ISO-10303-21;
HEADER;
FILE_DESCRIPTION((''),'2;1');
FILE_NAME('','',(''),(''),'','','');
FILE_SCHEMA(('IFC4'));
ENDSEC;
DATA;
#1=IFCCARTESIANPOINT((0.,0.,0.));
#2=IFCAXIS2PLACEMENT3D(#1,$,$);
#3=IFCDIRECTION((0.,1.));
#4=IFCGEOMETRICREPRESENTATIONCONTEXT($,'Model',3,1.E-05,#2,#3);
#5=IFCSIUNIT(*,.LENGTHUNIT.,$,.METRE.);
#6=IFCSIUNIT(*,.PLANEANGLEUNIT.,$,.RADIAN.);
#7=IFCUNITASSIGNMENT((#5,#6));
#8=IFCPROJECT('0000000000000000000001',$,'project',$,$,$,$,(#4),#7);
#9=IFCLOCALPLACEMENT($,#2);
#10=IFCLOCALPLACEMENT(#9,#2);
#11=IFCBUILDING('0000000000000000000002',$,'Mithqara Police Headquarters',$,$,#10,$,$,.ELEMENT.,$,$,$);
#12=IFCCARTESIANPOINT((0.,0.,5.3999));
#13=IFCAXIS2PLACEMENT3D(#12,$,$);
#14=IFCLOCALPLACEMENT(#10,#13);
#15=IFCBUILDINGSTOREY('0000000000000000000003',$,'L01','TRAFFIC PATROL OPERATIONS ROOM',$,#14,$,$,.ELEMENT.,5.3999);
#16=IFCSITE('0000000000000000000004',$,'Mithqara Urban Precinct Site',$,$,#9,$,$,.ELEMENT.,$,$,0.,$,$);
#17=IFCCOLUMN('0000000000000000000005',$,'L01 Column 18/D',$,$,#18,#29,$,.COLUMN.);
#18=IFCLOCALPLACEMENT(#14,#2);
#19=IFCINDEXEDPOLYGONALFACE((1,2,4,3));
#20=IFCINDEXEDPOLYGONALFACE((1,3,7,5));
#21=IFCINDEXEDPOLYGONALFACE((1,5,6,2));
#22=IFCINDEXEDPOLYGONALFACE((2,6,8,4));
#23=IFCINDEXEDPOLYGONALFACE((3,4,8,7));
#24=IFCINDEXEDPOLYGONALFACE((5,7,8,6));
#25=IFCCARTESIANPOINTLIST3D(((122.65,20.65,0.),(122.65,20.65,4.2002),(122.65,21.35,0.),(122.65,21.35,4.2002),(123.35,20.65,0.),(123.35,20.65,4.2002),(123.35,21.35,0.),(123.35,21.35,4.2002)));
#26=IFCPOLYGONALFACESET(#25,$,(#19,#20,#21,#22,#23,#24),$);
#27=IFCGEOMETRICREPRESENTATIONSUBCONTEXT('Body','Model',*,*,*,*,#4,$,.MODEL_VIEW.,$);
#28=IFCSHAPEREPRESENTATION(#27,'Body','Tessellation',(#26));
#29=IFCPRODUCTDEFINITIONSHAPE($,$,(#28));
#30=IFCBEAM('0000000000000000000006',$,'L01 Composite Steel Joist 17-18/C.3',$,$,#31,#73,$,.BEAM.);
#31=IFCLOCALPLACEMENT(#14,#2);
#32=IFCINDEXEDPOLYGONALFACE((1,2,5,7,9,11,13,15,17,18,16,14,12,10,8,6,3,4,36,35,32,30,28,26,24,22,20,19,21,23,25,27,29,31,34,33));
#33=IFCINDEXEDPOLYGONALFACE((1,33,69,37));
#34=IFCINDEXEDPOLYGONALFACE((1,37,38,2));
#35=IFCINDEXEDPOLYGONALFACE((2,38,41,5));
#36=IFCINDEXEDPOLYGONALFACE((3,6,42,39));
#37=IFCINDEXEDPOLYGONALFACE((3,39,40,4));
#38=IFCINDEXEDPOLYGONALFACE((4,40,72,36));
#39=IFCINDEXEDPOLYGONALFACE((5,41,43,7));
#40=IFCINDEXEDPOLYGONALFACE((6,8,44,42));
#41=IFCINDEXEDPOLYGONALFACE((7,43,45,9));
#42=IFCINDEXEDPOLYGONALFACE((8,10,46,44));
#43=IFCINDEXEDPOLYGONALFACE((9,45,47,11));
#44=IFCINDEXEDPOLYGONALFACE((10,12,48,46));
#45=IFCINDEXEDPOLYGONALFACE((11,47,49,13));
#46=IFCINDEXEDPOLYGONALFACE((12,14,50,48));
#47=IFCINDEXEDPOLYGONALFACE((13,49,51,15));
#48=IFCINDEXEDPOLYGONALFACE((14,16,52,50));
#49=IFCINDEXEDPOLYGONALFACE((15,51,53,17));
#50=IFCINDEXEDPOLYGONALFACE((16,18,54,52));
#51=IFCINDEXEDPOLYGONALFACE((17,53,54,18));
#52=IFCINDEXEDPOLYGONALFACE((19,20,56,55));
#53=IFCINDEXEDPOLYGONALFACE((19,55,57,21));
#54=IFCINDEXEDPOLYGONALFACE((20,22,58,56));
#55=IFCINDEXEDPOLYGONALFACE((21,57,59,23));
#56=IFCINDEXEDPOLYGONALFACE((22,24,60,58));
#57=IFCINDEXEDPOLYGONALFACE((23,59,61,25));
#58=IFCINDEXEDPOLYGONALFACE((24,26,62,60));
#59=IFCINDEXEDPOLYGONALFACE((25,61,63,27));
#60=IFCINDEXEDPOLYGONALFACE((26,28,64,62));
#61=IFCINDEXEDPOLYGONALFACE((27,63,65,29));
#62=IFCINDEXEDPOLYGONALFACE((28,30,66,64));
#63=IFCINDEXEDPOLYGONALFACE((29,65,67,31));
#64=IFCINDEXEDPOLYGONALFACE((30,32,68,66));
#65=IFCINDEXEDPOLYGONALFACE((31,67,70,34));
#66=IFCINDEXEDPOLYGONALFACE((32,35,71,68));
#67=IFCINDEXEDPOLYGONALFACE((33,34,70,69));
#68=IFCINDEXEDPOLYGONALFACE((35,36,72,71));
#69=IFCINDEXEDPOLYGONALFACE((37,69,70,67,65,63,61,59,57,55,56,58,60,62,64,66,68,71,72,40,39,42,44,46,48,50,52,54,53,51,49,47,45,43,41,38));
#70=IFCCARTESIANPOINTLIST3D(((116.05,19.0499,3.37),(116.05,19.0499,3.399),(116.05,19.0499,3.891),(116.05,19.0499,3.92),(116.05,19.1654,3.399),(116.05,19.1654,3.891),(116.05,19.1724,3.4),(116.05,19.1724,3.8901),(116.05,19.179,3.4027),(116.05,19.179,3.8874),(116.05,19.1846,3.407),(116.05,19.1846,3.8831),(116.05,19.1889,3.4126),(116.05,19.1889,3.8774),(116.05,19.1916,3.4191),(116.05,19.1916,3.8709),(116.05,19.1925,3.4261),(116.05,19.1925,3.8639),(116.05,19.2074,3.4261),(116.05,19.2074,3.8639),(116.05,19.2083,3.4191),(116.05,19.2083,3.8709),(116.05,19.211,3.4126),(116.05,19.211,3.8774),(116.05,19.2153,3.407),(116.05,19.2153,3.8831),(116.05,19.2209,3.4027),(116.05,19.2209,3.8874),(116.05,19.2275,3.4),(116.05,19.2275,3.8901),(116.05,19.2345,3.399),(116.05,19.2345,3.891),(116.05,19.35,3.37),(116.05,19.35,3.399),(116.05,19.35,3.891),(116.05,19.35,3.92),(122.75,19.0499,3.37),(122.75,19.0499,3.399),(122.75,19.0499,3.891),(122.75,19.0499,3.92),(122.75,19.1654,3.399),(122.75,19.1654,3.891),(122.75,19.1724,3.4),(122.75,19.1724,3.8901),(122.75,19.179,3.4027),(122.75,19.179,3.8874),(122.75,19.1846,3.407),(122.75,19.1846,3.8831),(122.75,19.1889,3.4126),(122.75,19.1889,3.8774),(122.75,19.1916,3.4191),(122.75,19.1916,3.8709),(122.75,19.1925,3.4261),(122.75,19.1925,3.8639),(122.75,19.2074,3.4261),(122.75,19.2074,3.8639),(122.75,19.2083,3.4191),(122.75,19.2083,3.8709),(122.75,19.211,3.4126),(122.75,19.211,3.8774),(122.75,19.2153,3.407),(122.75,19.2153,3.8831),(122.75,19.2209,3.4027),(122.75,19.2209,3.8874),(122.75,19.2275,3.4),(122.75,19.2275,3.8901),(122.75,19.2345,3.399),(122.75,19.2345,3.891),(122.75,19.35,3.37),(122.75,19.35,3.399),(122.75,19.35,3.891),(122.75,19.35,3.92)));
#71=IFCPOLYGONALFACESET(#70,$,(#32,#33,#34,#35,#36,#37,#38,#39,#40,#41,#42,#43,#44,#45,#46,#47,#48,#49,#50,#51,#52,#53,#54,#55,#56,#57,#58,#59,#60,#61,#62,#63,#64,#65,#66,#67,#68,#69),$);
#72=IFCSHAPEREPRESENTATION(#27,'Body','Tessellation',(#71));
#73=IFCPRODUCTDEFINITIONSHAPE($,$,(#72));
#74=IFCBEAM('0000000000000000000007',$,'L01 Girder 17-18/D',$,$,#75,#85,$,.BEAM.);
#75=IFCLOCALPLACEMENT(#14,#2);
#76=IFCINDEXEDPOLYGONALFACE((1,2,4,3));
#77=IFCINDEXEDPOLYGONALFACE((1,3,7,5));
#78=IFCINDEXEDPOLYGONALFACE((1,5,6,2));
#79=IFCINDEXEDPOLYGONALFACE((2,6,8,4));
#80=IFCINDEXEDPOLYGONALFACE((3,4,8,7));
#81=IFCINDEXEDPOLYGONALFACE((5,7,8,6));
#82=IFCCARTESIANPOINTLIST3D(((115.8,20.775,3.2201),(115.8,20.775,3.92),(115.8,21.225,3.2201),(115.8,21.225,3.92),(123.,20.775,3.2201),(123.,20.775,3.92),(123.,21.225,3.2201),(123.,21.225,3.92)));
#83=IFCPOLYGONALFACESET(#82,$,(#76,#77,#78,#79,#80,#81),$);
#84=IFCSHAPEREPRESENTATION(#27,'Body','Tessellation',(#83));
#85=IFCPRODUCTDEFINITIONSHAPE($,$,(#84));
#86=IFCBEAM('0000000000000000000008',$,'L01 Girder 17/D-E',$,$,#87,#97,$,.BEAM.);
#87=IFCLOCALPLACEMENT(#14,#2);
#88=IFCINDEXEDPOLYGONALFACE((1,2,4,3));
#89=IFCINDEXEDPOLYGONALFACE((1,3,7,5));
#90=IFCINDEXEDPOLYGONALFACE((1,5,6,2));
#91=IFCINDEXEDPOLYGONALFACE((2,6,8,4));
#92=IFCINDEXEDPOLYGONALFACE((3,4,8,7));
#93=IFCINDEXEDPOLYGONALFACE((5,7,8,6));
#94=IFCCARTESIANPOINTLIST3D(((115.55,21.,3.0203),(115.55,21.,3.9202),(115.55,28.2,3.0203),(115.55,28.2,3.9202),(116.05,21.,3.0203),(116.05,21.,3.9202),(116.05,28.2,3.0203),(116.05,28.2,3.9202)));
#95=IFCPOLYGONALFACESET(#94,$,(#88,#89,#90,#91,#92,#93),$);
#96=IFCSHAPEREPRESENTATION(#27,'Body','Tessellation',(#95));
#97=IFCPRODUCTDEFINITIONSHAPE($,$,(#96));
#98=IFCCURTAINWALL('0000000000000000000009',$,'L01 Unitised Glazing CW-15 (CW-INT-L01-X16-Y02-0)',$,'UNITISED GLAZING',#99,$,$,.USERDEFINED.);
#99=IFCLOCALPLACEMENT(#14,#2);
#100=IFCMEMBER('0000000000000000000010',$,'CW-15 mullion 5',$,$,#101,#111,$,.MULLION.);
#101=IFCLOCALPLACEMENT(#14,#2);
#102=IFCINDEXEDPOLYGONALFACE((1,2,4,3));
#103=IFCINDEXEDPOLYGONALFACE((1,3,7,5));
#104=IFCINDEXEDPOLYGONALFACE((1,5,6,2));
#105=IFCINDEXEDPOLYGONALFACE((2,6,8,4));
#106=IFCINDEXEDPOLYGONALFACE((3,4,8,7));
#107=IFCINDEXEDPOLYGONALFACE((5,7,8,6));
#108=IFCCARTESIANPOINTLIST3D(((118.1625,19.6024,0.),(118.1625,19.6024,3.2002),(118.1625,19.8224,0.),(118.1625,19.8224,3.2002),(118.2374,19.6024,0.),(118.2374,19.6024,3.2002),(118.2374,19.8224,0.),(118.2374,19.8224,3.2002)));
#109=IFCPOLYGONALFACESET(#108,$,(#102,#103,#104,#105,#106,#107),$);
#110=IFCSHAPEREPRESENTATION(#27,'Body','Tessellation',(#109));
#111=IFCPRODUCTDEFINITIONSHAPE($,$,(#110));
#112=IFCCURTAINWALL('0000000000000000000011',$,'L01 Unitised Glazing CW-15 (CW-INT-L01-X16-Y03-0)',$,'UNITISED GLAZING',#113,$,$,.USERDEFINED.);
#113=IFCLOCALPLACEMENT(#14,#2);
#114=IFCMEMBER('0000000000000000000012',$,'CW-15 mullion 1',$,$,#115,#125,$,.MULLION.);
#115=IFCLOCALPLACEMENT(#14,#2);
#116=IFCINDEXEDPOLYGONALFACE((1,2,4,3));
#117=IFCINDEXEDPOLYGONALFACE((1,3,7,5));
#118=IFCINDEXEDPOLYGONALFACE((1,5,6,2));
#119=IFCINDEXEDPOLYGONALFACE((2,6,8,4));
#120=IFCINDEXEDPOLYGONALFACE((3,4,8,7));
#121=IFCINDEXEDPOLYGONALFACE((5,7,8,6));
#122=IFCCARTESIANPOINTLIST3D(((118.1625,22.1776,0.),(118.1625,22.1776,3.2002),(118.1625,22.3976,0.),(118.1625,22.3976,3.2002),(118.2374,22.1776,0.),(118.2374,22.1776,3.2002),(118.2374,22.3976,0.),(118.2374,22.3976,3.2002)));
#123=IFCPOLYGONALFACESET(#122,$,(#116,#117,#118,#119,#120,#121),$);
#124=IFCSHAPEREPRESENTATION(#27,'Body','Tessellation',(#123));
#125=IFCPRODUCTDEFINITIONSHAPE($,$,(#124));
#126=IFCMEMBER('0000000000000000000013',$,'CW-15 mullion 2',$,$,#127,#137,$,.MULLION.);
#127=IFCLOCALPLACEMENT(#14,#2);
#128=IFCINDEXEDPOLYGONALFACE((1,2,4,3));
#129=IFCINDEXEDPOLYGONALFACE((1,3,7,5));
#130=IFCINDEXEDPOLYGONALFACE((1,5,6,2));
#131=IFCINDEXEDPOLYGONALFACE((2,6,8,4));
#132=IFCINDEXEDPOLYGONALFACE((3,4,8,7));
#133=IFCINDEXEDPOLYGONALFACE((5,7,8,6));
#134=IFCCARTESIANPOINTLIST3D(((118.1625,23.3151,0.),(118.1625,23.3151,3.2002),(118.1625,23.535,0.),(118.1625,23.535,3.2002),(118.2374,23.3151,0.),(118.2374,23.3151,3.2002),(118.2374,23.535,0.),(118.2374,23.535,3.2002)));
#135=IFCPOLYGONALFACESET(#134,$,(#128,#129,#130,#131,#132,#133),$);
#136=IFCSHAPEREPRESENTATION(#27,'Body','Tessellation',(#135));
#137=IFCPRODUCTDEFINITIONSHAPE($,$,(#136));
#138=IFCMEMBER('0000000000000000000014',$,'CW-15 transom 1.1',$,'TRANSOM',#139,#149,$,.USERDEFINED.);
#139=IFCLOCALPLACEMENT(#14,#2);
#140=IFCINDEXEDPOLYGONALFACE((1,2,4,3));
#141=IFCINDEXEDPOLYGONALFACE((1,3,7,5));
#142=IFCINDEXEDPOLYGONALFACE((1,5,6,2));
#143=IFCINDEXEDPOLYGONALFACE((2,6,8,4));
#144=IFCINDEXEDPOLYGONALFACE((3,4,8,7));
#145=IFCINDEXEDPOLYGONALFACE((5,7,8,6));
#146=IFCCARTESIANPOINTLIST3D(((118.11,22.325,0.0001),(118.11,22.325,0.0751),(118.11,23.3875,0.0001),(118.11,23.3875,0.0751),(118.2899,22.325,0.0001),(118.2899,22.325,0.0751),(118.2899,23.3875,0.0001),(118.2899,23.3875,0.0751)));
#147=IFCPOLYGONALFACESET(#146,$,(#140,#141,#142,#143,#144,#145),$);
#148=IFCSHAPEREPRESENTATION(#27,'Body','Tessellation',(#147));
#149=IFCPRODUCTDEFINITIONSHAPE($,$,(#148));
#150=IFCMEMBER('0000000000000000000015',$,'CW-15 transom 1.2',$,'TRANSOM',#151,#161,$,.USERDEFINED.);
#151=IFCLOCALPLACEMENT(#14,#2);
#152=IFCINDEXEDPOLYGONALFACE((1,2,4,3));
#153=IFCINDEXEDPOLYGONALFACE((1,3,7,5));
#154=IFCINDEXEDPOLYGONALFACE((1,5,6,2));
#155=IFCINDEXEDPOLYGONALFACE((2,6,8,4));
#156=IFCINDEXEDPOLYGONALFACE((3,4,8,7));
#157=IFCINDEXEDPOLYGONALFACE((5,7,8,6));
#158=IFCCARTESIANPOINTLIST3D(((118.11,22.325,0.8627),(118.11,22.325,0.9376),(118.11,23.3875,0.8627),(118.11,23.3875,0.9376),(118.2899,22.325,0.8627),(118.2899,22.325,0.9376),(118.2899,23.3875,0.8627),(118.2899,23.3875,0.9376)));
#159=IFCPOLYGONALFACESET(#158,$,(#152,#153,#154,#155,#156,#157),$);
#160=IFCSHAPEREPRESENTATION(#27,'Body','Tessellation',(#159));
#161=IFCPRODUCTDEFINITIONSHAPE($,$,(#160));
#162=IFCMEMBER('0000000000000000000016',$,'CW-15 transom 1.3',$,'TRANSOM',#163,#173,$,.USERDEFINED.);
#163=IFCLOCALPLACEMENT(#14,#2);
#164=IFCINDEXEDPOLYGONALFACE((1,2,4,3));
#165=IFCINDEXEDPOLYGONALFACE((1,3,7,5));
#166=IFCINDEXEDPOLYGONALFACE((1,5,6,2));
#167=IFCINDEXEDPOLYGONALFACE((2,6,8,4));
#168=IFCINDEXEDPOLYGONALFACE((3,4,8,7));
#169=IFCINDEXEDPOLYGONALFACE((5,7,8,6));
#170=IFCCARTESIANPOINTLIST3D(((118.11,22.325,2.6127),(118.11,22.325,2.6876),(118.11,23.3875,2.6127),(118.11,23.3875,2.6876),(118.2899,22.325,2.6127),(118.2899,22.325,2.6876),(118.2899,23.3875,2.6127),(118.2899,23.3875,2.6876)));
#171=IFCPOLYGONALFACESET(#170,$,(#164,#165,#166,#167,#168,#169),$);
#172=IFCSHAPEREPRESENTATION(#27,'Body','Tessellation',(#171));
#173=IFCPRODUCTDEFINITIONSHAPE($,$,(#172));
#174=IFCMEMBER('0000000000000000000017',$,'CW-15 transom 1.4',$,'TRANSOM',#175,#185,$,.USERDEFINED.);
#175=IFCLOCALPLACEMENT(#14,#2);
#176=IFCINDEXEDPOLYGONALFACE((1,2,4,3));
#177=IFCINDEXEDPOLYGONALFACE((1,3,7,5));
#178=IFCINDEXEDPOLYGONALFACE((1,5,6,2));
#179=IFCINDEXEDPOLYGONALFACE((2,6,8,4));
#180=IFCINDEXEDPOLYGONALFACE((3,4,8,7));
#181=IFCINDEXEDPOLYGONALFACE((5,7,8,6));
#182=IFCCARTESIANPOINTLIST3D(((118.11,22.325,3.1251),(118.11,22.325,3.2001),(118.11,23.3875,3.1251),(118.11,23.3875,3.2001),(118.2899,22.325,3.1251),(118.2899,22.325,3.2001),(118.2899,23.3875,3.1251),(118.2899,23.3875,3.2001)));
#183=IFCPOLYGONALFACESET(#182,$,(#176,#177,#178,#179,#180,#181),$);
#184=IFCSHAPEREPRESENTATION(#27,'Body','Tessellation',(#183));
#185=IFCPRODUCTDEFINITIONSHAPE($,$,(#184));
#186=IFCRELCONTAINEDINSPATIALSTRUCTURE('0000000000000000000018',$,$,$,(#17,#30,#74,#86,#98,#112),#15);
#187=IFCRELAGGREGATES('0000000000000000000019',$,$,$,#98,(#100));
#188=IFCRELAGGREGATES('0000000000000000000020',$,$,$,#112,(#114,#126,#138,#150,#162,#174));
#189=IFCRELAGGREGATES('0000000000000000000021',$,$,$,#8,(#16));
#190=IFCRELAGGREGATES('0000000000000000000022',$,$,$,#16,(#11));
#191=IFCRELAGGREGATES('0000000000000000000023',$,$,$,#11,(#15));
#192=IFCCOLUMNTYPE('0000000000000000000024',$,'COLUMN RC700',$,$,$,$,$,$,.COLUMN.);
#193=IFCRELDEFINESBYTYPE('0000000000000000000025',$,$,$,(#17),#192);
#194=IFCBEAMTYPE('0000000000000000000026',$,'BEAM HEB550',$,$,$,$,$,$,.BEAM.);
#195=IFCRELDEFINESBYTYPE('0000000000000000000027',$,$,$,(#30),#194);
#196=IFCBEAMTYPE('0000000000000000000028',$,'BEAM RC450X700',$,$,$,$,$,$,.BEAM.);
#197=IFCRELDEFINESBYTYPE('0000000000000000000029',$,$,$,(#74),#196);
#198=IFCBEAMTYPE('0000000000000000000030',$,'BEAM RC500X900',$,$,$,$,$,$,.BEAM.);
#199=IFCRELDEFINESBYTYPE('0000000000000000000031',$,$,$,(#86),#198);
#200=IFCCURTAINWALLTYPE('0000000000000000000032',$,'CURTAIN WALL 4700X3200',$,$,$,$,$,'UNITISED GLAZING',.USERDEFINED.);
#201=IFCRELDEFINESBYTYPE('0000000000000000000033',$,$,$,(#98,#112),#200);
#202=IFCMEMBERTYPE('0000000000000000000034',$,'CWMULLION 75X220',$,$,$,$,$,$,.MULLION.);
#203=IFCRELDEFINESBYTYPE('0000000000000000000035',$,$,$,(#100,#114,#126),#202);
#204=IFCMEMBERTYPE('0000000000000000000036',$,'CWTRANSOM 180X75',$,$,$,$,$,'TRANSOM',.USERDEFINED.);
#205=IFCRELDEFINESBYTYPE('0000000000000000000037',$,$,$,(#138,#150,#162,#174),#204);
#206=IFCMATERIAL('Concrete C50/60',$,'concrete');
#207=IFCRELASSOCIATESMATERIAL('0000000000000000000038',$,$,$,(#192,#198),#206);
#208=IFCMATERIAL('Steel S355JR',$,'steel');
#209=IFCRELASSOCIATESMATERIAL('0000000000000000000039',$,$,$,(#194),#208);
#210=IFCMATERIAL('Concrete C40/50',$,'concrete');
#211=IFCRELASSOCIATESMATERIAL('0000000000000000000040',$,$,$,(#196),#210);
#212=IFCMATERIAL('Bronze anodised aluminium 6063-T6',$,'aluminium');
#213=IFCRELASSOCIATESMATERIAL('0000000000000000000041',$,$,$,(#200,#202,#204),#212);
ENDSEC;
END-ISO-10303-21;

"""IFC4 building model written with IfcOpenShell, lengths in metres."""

from ifc_helpers import new_model, si_unit, direction, frame, origin, origin_2d, place, context, subcontext, project, spatial, rectangle, i_section, extrude, material, material_profile, profile_set, type_object, element, aggregate, save


model = new_model("IFC4")

# Units and contexts
model_context = context("Model", 3, precision=1e-05, world=origin(), true_north=direction((0.0, 1.0)))
body_context = subcontext(model_context, "Body", "Model", "MODEL_VIEW")
ifc_project = project(units=[si_unit("LENGTHUNIT", "METRE"), si_unit("PLANEANGLEUNIT", "RADIAN")], contexts=[model_context])

# Site, building, storey
site_placement = place(None, origin())
site = spatial("IfcSite", under=ifc_project, at=site_placement, Name="Mithqara Urban Precinct Site", CompositionType="ELEMENT", RefElevation=0.0)
building_placement = place(site_placement, origin())
building = spatial("IfcBuilding", under=site, at=building_placement, Name="Mithqara Police Headquarters", CompositionType="ELEMENT")
storey_placement = place(building_placement, frame((0.0, 0.0, 5.3999)))
storey = spatial("IfcBuildingStorey", under=building, at=storey_placement, Name="L01", Description="TRAFFIC PATROL OPERATIONS ROOM", CompositionType="ELEMENT", Elevation=5.3999)

# Column
ifc_material_1 = material(Name="Concrete C50/60", Category="concrete")
ifc_material_profile_1 = material_profile(ifc_material_1, rectangle(XDim=0.7, YDim=0.7, at=origin_2d()), Name="RC 700x700")
ifc_profile_set_1 = profile_set([ifc_material_profile_1], Name="Concrete C50/60")
column_type = type_object("IfcColumnType", Name="COLUMN RC700", PredefinedType="COLUMN", material=ifc_profile_set_1)
column_placement = place(storey_placement, frame((123.0, 21.0, 0.0), z_axis=(0.0, 0.0, 1.0), x_axis=(1.0, 0.0, 0.0)))
element("IfcColumn", 1, at=column_placement, inside=storey, type_object=column_type, Name="L01 Column 18/D", PredefinedType="COLUMN", context=body_context, shape_type="SweptSolid", body=[
    extrude(rectangle(XDim=0.7, YDim=0.7, at=origin_2d()), origin(), (0.0, 0.0, 1.0), 4.2002),
])

# Beams
ifc_material_2 = material(Name="Steel S355JR", Category="steel")
ifc_material_profile_2 = material_profile(ifc_material_2, i_section(OverallWidth=0.3, OverallDepth=0.55, WebThickness=0.0149, FlangeThickness=0.0291, FilletRadius=0.0271, at=origin_2d()), Name="HEB 550")
ifc_profile_set_2 = profile_set([ifc_material_profile_2], Name="Steel S355JR")
beam_type_1 = type_object("IfcBeamType", Name="BEAM HEB550", PredefinedType="BEAM", material=ifc_profile_set_2)
beam_1_placement = place(storey_placement, frame((116.05, 19.2, 3.645), z_axis=(1.0, 0.0, 0.0), x_axis=(0.0, 1.0, 0.0)))
element("IfcBeam", 2, at=beam_1_placement, inside=storey, type_object=beam_type_1, Name="L01 Composite Steel Joist 17-18/C.3", PredefinedType="BEAM", context=body_context, shape_type="SweptSolid", body=[
    extrude(i_section(OverallWidth=0.3, OverallDepth=0.55, WebThickness=0.0149, FlangeThickness=0.0291, FilletRadius=0.0271, at=origin_2d()), origin(), (0.0, 0.0, 1.0), 6.7),
])
ifc_material_3 = material(Name="Concrete C40/50", Category="concrete")
ifc_material_profile_3 = material_profile(ifc_material_3, rectangle(XDim=0.45, YDim=0.7, at=origin_2d()), Name="RC 450x700")
ifc_profile_set_3 = profile_set([ifc_material_profile_3], Name="Concrete C40/50")
beam_type_2 = type_object("IfcBeamType", Name="BEAM RC450X700", PredefinedType="BEAM", material=ifc_profile_set_3)
beam_2_placement = place(storey_placement, frame((115.8, 21.0, 3.5701), z_axis=(1.0, 0.0, 0.0), x_axis=(0.0, 1.0, 0.0)))
element("IfcBeam", 3, at=beam_2_placement, inside=storey, type_object=beam_type_2, Name="L01 Girder 17-18/D", PredefinedType="BEAM", context=body_context, shape_type="SweptSolid", body=[
    extrude(rectangle(XDim=0.45, YDim=0.7, at=origin_2d()), origin(), (0.0, 0.0, 1.0), 7.2),
])
ifc_material_profile_4 = material_profile(ifc_material_1, rectangle(XDim=0.5, YDim=0.8999, at=origin_2d()), Name="RC 500x900")
ifc_profile_set_4 = profile_set([ifc_material_profile_4], Name="Concrete C50/60")
beam_type_3 = type_object("IfcBeamType", Name="BEAM RC500X900", PredefinedType="BEAM", material=ifc_profile_set_4)
beam_3_placement = place(storey_placement, frame((115.8, 21.0, 3.4702), z_axis=(0.0, 1.0, 0.0), x_axis=(-1.0, 0.0, 0.0)))
element("IfcBeam", 4, at=beam_3_placement, inside=storey, type_object=beam_type_3, Name="L01 Girder 17/D-E", PredefinedType="BEAM", context=body_context, shape_type="SweptSolid", body=[
    extrude(rectangle(XDim=0.5, YDim=0.8999, at=origin_2d()), origin(), (0.0, 0.0, 1.0), 7.2),
])

# Curtain wall, member
ifc_material_4 = material(Name="Bronze anodised aluminium 6063-T6", Category="aluminium")
curtain_wall_type = type_object("IfcCurtainWallType", Name="CURTAIN WALL 4700X3200", ElementType="UNITISED GLAZING", PredefinedType="USERDEFINED", material=ifc_material_4)
curtain_wall_1_placement = place(storey_placement, origin())
curtain_wall_1 = element("IfcCurtainWall", 5, at=curtain_wall_1_placement, inside=storey, type_object=curtain_wall_type, Name="L01 Unitised Glazing CW-15 (CW-INT-L01-X16-Y02-0)", ObjectType="UNITISED GLAZING", PredefinedType="USERDEFINED")
ifc_material_profile_5 = material_profile(ifc_material_4, rectangle(XDim=0.075, YDim=0.22, at=origin_2d()), Name="CWM 75x220")
ifc_profile_set_5 = profile_set([ifc_material_profile_5], Name="Bronze anodised aluminium 6063-T6")
member_type_1 = type_object("IfcMemberType", Name="CWMULLION 75X220", PredefinedType="MULLION", material=ifc_profile_set_5)
member_1_placement = place(storey_placement, frame((118.2, 19.7124, 0.0), z_axis=(0.0, 0.0, 1.0), x_axis=(-1.0, 0.0, 0.0)))
member_1 = element("IfcMember", 6, at=member_1_placement, type_object=member_type_1, Name="CW-15 mullion 5", PredefinedType="MULLION", context=body_context, shape_type="SweptSolid", body=[
    extrude(rectangle(XDim=0.075, YDim=0.22, at=origin_2d()), origin(), (0.0, 0.0, 1.0), 3.2002),
])
aggregate(curtain_wall_1, [member_1])

# Curtain wall, members
curtain_wall_2_placement = place(storey_placement, origin())
curtain_wall_2 = element("IfcCurtainWall", 7, at=curtain_wall_2_placement, inside=storey, type_object=curtain_wall_type, Name="L01 Unitised Glazing CW-15 (CW-INT-L01-X16-Y03-0)", ObjectType="UNITISED GLAZING", PredefinedType="USERDEFINED")
member_2_placement = place(storey_placement, frame((118.2, 22.2876, 0.0), z_axis=(0.0, 0.0, 1.0), x_axis=(-1.0, 0.0, 0.0)))
member_2 = element("IfcMember", 8, at=member_2_placement, type_object=member_type_1, Name="CW-15 mullion 1", PredefinedType="MULLION", context=body_context, shape_type="SweptSolid", body=[
    extrude(rectangle(XDim=0.075, YDim=0.22, at=origin_2d()), origin(), (0.0, 0.0, 1.0), 3.2002),
])
member_3_placement = place(storey_placement, frame((118.2, 23.425, 0.0), z_axis=(0.0, 0.0, 1.0), x_axis=(-1.0, 0.0, 0.0)))
member_3 = element("IfcMember", 9, at=member_3_placement, type_object=member_type_1, Name="CW-15 mullion 2", PredefinedType="MULLION", context=body_context, shape_type="SweptSolid", body=[
    extrude(rectangle(XDim=0.075, YDim=0.22, at=origin_2d()), origin(), (0.0, 0.0, 1.0), 3.2002),
])
ifc_material_profile_6 = material_profile(ifc_material_4, rectangle(XDim=0.1799, YDim=0.075, at=origin_2d()), Name="CWT 180x75")
ifc_profile_set_6 = profile_set([ifc_material_profile_6], Name="Bronze anodised aluminium 6063-T6")
member_type_2 = type_object("IfcMemberType", Name="CWTRANSOM 180X75", ElementType="TRANSOM", PredefinedType="USERDEFINED", material=ifc_profile_set_6)
member_4_placement = place(storey_placement, frame((118.2, 22.325, 0.0376), z_axis=(0.0, 1.0, 0.0), x_axis=(-1.0, 0.0, 0.0)))
member_4 = element("IfcMember", 10, at=member_4_placement, type_object=member_type_2, Name="CW-15 transom 1.1", ObjectType="TRANSOM", PredefinedType="USERDEFINED", context=body_context, shape_type="SweptSolid", body=[
    extrude(rectangle(XDim=0.1799, YDim=0.075, at=origin_2d()), origin(), (0.0, 0.0, 1.0), 1.0625),
])
member_5_placement = place(storey_placement, frame((118.2, 22.325, 0.9001), z_axis=(0.0, 1.0, 0.0), x_axis=(-1.0, 0.0, 0.0)))
member_5 = element("IfcMember", 11, at=member_5_placement, type_object=member_type_2, Name="CW-15 transom 1.2", ObjectType="TRANSOM", PredefinedType="USERDEFINED", context=body_context, shape_type="SweptSolid", body=[
    extrude(rectangle(XDim=0.1799, YDim=0.075, at=origin_2d()), origin(), (0.0, 0.0, 1.0), 1.0625),
])
member_6_placement = place(storey_placement, frame((118.2, 22.325, 2.6501), z_axis=(0.0, 1.0, 0.0), x_axis=(-1.0, 0.0, 0.0)))
member_6 = element("IfcMember", 12, at=member_6_placement, type_object=member_type_2, Name="CW-15 transom 1.3", ObjectType="TRANSOM", PredefinedType="USERDEFINED", context=body_context, shape_type="SweptSolid", body=[
    extrude(rectangle(XDim=0.1799, YDim=0.075, at=origin_2d()), origin(), (0.0, 0.0, 1.0), 1.0625),
])
member_7_placement = place(storey_placement, frame((118.2, 22.325, 3.1626), z_axis=(0.0, 1.0, 0.0), x_axis=(-1.0, 0.0, 0.0)))
member_7 = element("IfcMember", 13, at=member_7_placement, type_object=member_type_2, Name="CW-15 transom 1.4", ObjectType="TRANSOM", PredefinedType="USERDEFINED", context=body_context, shape_type="SweptSolid", body=[
    extrude(rectangle(XDim=0.1799, YDim=0.075, at=origin_2d()), origin(), (0.0, 0.0, 1.0), 1.0625),
])

aggregate(curtain_wall_2, [member_2, member_3, member_4, member_5, member_6, member_7])

save(model, "model.ifc")
